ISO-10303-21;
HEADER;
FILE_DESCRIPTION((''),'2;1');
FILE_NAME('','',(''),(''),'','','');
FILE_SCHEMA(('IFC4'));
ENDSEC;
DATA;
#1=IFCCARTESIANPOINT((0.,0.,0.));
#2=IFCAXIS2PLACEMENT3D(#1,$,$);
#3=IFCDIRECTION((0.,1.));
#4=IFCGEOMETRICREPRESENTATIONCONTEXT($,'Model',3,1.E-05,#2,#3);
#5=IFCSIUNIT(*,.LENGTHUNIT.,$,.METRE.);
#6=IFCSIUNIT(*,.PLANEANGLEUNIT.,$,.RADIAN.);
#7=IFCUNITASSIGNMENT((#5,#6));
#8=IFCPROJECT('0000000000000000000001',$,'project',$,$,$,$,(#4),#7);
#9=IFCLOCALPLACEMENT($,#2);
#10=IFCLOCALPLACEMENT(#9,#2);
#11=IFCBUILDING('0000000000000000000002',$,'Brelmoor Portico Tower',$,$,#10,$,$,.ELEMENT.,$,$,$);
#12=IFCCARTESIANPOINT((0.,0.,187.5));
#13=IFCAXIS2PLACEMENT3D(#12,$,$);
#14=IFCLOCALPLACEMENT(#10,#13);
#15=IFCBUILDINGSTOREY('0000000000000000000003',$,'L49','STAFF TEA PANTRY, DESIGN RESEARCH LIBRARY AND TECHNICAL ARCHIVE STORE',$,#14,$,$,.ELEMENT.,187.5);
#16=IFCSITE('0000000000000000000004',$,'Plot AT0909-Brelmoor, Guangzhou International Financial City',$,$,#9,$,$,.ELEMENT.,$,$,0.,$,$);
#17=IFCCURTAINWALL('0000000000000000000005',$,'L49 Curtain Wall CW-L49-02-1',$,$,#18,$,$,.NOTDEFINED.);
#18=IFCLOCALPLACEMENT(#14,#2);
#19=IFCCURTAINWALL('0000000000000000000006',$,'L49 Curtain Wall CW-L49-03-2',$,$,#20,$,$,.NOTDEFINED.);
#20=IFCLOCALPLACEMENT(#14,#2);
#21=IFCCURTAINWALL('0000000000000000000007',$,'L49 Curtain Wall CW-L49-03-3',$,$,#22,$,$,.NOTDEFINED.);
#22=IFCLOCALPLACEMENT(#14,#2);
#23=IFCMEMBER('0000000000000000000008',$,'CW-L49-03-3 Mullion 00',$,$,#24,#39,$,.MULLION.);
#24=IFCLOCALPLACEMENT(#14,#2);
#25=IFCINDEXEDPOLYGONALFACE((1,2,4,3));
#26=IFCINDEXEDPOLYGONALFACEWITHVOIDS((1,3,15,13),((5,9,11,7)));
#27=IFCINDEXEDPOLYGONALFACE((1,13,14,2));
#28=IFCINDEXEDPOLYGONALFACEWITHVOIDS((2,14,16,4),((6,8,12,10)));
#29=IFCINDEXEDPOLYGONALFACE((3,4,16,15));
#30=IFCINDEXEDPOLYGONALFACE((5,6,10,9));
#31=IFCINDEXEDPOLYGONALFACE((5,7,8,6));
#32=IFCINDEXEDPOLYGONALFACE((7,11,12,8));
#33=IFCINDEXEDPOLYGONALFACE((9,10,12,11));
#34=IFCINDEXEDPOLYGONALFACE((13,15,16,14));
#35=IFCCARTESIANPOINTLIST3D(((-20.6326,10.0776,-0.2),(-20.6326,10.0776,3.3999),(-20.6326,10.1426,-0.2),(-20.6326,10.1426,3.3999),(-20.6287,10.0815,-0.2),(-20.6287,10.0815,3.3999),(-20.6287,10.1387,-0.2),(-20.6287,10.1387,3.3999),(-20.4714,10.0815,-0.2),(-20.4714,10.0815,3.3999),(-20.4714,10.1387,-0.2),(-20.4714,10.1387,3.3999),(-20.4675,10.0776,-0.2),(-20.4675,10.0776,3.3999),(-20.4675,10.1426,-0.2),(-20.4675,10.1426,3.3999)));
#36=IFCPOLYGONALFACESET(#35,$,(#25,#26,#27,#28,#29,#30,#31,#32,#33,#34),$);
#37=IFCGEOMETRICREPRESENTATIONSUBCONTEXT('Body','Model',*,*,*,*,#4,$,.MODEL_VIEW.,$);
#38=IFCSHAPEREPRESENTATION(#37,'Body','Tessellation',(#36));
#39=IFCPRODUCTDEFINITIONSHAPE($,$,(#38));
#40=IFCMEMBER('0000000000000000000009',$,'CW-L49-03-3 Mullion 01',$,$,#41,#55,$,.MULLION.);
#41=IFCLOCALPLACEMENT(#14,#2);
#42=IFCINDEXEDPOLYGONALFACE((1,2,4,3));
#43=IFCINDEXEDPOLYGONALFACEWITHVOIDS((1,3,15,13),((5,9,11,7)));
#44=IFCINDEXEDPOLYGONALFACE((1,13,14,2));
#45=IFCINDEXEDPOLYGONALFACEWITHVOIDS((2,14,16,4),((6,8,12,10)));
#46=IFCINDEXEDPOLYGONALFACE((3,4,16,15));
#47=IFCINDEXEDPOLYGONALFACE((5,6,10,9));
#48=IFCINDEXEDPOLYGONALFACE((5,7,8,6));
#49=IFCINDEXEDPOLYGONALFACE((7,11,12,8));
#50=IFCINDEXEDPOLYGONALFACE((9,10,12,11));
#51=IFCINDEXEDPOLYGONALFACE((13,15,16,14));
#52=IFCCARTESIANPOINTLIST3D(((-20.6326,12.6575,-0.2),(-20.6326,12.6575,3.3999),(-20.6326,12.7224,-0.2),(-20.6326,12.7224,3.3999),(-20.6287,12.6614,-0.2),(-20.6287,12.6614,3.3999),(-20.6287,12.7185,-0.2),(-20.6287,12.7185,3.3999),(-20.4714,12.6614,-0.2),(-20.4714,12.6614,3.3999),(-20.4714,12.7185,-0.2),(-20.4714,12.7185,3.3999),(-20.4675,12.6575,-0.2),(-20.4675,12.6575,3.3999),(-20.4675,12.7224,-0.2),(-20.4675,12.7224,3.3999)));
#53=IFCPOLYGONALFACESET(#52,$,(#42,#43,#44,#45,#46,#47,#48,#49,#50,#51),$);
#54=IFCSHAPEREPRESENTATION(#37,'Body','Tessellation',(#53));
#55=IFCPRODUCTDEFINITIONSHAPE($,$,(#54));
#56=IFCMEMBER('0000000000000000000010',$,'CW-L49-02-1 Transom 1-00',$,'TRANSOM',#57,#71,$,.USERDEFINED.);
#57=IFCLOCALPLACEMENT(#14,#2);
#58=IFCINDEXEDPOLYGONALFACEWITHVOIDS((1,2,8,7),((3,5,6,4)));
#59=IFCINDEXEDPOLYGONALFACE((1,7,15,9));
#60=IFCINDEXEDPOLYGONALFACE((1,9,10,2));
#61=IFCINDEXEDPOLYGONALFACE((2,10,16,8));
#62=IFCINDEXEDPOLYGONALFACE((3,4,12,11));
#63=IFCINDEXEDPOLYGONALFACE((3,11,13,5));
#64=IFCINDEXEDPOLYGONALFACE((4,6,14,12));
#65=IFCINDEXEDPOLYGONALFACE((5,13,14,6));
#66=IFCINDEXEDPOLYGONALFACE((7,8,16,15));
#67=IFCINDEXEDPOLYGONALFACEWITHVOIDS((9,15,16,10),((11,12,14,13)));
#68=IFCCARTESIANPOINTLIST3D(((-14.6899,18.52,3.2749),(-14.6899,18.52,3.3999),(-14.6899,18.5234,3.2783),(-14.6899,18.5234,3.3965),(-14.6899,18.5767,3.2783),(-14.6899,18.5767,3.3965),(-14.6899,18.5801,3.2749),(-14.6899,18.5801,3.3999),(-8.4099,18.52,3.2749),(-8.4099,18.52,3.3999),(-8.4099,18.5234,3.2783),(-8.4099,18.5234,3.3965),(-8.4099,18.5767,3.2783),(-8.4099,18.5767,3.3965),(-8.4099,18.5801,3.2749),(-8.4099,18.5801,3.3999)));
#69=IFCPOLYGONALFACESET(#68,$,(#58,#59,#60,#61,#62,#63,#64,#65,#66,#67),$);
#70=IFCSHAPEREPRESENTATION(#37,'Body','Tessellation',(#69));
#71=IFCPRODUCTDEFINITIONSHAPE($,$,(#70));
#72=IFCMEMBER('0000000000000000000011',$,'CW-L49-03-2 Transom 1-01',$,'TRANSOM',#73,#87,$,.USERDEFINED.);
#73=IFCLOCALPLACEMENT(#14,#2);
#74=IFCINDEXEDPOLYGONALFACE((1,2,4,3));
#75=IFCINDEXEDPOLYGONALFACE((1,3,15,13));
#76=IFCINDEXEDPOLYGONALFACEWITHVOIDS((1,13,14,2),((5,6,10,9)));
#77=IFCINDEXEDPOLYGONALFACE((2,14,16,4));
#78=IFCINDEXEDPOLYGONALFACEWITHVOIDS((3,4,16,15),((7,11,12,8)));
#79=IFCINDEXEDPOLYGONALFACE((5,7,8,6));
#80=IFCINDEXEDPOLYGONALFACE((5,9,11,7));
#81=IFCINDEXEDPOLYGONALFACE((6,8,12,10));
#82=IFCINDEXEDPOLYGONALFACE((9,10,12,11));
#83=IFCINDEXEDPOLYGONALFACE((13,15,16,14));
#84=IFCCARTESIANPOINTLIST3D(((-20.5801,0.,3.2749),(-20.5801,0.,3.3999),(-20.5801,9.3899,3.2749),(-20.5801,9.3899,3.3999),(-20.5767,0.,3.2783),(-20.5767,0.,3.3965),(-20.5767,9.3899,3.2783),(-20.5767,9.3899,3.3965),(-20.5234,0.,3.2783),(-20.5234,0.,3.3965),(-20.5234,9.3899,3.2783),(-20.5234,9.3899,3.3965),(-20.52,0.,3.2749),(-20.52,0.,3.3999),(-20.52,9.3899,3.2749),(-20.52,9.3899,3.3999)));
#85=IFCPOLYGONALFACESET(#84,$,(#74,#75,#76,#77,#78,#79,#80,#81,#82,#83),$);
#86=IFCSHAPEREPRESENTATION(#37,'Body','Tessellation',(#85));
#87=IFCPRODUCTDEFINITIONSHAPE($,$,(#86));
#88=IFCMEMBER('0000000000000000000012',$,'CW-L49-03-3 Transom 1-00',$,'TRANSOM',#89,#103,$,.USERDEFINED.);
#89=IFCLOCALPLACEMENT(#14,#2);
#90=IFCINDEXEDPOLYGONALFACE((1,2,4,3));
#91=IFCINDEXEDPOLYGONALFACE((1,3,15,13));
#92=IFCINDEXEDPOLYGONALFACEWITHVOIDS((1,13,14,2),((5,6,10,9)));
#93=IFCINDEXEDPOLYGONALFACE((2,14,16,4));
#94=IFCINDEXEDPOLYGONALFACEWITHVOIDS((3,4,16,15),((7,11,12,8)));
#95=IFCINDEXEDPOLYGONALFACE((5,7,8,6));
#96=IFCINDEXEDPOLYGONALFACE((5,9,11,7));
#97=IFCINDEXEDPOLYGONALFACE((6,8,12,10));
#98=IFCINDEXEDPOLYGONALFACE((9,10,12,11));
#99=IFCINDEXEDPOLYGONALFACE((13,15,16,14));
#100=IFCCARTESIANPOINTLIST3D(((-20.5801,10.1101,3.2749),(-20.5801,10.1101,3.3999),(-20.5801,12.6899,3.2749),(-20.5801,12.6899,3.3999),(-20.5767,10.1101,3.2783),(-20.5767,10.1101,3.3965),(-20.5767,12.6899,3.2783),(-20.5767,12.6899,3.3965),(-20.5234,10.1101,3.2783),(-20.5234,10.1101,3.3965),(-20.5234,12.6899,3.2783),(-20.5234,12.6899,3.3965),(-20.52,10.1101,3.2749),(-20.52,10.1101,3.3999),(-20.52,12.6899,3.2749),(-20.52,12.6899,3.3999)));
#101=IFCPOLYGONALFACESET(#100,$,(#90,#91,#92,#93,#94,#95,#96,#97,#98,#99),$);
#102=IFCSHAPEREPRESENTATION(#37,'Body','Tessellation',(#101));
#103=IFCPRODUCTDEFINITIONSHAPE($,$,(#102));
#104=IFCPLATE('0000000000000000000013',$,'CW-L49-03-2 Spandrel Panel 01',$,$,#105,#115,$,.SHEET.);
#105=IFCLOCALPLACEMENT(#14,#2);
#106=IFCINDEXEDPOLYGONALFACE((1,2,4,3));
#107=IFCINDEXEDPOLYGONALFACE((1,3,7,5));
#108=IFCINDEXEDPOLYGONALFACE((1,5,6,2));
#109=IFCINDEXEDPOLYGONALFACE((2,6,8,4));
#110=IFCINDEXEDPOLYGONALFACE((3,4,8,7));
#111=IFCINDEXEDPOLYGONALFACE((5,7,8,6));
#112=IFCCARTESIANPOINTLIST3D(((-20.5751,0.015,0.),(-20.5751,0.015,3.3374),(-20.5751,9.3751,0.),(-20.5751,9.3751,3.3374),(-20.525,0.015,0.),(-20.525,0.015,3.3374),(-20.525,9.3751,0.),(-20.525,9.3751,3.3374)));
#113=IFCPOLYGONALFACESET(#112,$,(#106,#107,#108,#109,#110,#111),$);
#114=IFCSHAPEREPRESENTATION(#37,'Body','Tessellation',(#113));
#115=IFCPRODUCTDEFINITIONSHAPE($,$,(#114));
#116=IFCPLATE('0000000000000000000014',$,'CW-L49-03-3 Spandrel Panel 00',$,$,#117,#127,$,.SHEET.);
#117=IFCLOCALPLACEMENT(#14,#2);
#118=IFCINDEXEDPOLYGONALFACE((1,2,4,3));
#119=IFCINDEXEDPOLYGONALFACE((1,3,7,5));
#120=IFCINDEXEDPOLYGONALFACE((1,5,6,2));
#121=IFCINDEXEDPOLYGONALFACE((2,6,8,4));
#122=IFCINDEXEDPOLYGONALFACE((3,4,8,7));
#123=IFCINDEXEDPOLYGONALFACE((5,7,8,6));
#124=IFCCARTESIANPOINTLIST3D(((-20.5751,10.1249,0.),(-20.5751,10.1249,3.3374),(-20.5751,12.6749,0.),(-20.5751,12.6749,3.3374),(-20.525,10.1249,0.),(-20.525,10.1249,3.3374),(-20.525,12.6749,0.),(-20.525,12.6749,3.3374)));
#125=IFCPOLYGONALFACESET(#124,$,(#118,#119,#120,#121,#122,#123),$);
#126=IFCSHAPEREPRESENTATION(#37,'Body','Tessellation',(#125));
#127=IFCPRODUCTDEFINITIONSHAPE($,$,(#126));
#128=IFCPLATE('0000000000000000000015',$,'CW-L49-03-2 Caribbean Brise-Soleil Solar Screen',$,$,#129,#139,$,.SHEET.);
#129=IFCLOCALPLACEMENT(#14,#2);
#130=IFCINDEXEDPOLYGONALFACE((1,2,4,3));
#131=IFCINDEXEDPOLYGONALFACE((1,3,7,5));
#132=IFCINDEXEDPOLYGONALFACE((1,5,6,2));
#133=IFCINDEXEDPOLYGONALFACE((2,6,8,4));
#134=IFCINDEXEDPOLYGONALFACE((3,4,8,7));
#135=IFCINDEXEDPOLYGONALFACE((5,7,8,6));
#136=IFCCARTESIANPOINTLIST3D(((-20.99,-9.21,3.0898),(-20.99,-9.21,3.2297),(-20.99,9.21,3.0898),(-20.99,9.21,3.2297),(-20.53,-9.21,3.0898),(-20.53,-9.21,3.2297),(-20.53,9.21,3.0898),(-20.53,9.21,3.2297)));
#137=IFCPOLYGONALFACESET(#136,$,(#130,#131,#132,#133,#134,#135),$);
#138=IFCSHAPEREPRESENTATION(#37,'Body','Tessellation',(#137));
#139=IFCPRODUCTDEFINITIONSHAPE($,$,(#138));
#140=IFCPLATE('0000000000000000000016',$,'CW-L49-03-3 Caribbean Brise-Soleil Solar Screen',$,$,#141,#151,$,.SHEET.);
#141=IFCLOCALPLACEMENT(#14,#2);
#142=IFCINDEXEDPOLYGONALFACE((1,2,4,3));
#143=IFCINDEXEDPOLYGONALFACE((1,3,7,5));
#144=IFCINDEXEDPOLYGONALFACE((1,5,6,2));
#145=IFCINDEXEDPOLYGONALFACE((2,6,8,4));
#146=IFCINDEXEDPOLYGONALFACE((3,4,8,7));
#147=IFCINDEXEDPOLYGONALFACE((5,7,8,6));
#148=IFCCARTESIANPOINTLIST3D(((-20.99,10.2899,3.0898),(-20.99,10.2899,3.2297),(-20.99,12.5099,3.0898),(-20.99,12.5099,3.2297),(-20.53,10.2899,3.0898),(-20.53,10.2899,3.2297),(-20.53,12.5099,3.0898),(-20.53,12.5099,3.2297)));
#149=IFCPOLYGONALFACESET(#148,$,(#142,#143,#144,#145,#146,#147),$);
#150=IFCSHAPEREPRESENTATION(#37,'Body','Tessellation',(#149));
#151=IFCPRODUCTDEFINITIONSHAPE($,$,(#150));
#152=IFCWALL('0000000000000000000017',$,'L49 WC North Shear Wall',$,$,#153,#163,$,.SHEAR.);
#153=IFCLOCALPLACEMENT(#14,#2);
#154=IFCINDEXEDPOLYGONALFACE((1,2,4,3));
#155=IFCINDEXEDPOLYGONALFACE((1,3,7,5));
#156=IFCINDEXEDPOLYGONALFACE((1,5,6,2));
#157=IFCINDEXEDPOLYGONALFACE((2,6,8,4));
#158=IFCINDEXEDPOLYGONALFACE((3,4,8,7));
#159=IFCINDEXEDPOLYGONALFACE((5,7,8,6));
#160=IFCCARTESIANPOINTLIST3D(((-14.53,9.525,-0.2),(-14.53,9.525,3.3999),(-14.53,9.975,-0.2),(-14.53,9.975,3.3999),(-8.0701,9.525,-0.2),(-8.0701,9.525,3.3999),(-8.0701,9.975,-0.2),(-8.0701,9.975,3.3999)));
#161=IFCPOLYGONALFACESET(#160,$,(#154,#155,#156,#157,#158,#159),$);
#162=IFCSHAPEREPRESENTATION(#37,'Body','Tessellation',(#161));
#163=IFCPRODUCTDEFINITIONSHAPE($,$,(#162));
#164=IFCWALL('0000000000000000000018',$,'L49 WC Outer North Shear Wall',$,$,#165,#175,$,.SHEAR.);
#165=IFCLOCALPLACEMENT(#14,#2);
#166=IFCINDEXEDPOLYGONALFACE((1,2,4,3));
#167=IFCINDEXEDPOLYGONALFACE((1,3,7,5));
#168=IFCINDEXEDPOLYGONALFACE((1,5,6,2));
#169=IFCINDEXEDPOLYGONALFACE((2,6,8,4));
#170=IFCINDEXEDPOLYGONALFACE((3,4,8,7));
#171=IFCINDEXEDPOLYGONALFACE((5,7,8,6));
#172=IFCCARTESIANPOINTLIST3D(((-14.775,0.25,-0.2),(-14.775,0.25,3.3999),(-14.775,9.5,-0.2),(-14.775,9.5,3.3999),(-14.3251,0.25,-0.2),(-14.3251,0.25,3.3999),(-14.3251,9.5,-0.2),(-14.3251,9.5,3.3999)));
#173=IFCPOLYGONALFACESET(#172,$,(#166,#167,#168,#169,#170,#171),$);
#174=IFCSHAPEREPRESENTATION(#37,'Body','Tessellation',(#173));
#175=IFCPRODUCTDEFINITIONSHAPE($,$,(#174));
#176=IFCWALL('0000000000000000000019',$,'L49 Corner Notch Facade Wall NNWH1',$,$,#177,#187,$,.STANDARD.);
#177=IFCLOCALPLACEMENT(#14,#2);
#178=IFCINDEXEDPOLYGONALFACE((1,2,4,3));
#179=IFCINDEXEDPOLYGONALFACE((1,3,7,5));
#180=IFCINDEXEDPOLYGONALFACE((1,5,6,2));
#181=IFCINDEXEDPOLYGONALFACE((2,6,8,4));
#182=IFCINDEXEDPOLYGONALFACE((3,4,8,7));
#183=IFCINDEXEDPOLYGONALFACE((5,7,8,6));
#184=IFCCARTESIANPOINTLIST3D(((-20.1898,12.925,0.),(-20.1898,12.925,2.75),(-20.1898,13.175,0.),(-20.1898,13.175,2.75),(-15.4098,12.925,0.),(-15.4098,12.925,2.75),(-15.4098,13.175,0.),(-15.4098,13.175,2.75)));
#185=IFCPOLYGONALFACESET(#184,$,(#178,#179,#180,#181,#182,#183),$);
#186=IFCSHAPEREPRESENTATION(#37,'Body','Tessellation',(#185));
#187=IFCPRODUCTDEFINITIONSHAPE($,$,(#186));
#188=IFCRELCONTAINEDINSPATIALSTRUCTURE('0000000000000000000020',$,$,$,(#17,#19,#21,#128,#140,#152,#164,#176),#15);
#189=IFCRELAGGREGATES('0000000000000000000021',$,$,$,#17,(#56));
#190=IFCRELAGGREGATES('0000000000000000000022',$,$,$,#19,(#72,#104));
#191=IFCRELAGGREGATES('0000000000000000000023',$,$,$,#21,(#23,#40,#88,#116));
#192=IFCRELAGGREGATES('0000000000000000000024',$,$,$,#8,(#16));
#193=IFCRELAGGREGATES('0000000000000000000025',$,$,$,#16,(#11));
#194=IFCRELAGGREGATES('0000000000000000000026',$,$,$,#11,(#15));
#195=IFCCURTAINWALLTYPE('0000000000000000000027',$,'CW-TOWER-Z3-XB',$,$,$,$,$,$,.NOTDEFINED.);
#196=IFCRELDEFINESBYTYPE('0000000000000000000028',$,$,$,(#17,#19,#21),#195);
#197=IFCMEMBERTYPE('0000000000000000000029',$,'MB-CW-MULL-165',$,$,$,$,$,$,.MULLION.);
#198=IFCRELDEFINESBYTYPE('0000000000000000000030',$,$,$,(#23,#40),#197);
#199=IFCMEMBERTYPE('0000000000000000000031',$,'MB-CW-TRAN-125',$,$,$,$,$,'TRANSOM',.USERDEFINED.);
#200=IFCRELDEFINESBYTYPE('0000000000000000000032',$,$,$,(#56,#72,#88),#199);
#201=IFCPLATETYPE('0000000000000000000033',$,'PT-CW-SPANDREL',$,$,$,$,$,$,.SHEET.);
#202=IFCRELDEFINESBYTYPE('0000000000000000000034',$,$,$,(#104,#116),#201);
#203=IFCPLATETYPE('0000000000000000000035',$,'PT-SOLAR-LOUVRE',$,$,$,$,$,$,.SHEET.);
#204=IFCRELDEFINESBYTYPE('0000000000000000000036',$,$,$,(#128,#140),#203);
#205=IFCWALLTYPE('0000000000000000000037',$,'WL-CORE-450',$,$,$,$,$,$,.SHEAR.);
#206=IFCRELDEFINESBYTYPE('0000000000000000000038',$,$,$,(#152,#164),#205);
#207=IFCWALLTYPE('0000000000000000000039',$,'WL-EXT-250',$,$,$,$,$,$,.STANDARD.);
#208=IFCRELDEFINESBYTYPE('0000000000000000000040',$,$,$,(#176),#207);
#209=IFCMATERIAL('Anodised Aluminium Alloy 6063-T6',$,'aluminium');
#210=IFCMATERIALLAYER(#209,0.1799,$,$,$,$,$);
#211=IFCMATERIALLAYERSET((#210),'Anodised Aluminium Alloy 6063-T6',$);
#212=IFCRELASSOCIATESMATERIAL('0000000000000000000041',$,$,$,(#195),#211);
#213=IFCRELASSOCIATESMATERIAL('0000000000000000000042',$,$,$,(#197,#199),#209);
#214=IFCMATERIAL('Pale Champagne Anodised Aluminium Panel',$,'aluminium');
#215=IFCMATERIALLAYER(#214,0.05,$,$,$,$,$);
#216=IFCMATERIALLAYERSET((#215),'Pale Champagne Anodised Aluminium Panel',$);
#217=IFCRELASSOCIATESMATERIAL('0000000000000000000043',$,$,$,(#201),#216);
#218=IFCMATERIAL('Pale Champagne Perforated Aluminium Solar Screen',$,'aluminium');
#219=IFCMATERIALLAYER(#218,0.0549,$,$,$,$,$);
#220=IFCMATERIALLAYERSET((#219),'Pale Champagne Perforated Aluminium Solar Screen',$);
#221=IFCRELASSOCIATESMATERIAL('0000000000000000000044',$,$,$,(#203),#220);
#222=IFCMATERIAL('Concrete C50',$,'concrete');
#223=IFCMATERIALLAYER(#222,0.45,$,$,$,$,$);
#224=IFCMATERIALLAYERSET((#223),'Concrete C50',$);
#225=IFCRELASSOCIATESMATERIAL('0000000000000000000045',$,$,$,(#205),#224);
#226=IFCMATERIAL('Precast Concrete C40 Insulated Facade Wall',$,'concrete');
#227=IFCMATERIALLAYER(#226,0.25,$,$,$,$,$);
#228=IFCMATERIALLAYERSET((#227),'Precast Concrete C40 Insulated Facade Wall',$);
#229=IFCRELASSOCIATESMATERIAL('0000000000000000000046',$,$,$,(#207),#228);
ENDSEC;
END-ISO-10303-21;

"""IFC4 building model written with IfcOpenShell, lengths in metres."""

from ifc_helpers import new_model, si_unit, direction, frame, frame_2d, origin, origin_2d, place, context, subcontext, project, spatial, rectangle, hollow_rectangle, extrude, material, layer, layer_set, material_profile, profile_set, type_object, element, aggregate, save


model = new_model("IFC4")

# Units and contexts
model_context = context("Model", 3, precision=1e-05, world=origin(), true_north=direction((0.0, 1.0)))
body_context = subcontext(model_context, "Body", "Model", "MODEL_VIEW")
ifc_project = project(units=[si_unit("LENGTHUNIT", "METRE"), si_unit("PLANEANGLEUNIT", "RADIAN")], contexts=[model_context])

# Site, building, storey
site_placement = place(None, origin())
site = spatial("IfcSite", under=ifc_project, at=site_placement, Name="Plot AT0909-Brelmoor, Guangzhou International Financial City", CompositionType="ELEMENT", RefElevation=0.0)
building_placement = place(site_placement, origin())
building = spatial("IfcBuilding", under=site, at=building_placement, Name="Brelmoor Portico Tower", CompositionType="ELEMENT")
storey_placement = place(building_placement, frame((0.0, 0.0, 187.5)))
storey = spatial("IfcBuildingStorey", under=building, at=storey_placement, Name="L49", Description="STAFF TEA PANTRY, DESIGN RESEARCH LIBRARY AND TECHNICAL ARCHIVE STORE", CompositionType="ELEMENT", Elevation=187.5)

# Curtain wall
ifc_material_1 = material(Name="Anodised Aluminium Alloy 6063-T6", Category="aluminium")
ifc_layer_1 = layer(ifc_material_1, 0.1799)
ifc_layer_set_1 = layer_set([ifc_layer_1], Name="Anodised Aluminium Alloy 6063-T6")
curtain_wall_type = type_object("IfcCurtainWallType", Name="CW-TOWER-Z3-XB", PredefinedType="NOTDEFINED", material=ifc_layer_set_1)
curtain_wall_1_placement = place(storey_placement, origin())
curtain_wall_1 = element("IfcCurtainWall", 1, at=curtain_wall_1_placement, inside=storey, type_object=curtain_wall_type, Name="L49 Curtain Wall CW-L49-02-1", PredefinedType="NOTDEFINED")
ifc_material_profile_1 = material_profile(ifc_material_1, hollow_rectangle(XDim=0.0649, YDim=0.165, WallThickness=0.0039, at=origin_2d()), Name="ALU MULLION 65x165")
ifc_profile_set_1 = profile_set([ifc_material_profile_1], Name="Anodised Aluminium Alloy 6063-T6")
member_type_1 = type_object("IfcMemberType", Name="MB-CW-MULL-165", PredefinedType="MULLION", material=ifc_profile_set_1)

# Curtain walls, members
curtain_wall_2_placement = place(storey_placement, origin())
curtain_wall_2 = element("IfcCurtainWall", 2, at=curtain_wall_2_placement, inside=storey, type_object=curtain_wall_type, Name="L49 Curtain Wall CW-L49-03-2", PredefinedType="NOTDEFINED")
curtain_wall_3_placement = place(storey_placement, origin())
curtain_wall_3 = element("IfcCurtainWall", 3, at=curtain_wall_3_placement, inside=storey, type_object=curtain_wall_type, Name="L49 Curtain Wall CW-L49-03-3", PredefinedType="NOTDEFINED")
member_1_placement = place(storey_placement, frame((-20.55, 10.1101, -0.2), z_axis=(0.0, 0.0, 1.0), x_axis=(0.0, 1.0, 0.0)))
member_1 = element("IfcMember", 4, at=member_1_placement, type_object=member_type_1, Name="CW-L49-03-3 Mullion 00", PredefinedType="MULLION", context=body_context, shape_type="SweptSolid", body=[
    extrude(hollow_rectangle(XDim=0.0649, YDim=0.165, WallThickness=0.0039, at=origin_2d()), origin(), (0.0, 0.0, 1.0), 3.5999),
])
member_2_placement = place(storey_placement, frame((-20.55, 12.6899, -0.2), z_axis=(0.0, 0.0, 1.0), x_axis=(0.0, 1.0, 0.0)))
member_2 = element("IfcMember", 5, at=member_2_placement, type_object=member_type_1, Name="CW-L49-03-3 Mullion 01", PredefinedType="MULLION", context=body_context, shape_type="SweptSolid", body=[
    extrude(hollow_rectangle(XDim=0.0649, YDim=0.165, WallThickness=0.0039, at=origin_2d()), origin(), (0.0, 0.0, 1.0), 3.5999),
])

# Members
ifc_material_profile_2 = material_profile(ifc_material_1, hollow_rectangle(XDim=0.0601, YDim=0.125, WallThickness=0.0034, at=origin_2d()), Name="ALU TRANSOM 60x125")
ifc_profile_set_2 = profile_set([ifc_material_profile_2], Name="Anodised Aluminium Alloy 6063-T6")
member_type_2 = type_object("IfcMemberType", Name="MB-CW-TRAN-125", ElementType="TRANSOM", PredefinedType="USERDEFINED", material=ifc_profile_set_2)
member_3_placement = place(storey_placement, frame((-14.6899, 18.55, 3.3374), z_axis=(1.0, 0.0, 0.0), x_axis=(0.0, 1.0, 0.0)))
member_3 = element("IfcMember", 6, at=member_3_placement, type_object=member_type_2, Name="CW-L49-02-1 Transom 1-00", ObjectType="TRANSOM", PredefinedType="USERDEFINED", context=body_context, shape_type="SweptSolid", body=[
    extrude(hollow_rectangle(XDim=0.0601, YDim=0.125, WallThickness=0.0034, at=origin_2d()), origin(), (0.0, 0.0, 1.0), 6.28),
])
aggregate(curtain_wall_1, [member_3])
member_4_placement = place(storey_placement, frame((-20.55, 0.0, 3.3374), z_axis=(0.0, 1.0, 0.0), x_axis=(-1.0, 0.0, 0.0)))
member_4 = element("IfcMember", 7, at=member_4_placement, type_object=member_type_2, Name="CW-L49-03-2 Transom 1-01", ObjectType="TRANSOM", PredefinedType="USERDEFINED", context=body_context, shape_type="SweptSolid", body=[
    extrude(hollow_rectangle(XDim=0.0601, YDim=0.125, WallThickness=0.0034, at=origin_2d()), origin(), (0.0, 0.0, 1.0), 9.3899),
])
member_5_placement = place(storey_placement, frame((-20.55, 10.1101, 3.3374), z_axis=(0.0, 1.0, 0.0), x_axis=(-1.0, 0.0, 0.0)))
member_5 = element("IfcMember", 8, at=member_5_placement, type_object=member_type_2, Name="CW-L49-03-3 Transom 1-00", ObjectType="TRANSOM", PredefinedType="USERDEFINED", context=body_context, shape_type="SweptSolid", body=[
    extrude(hollow_rectangle(XDim=0.0601, YDim=0.125, WallThickness=0.0034, at=origin_2d()), origin(), (0.0, 0.0, 1.0), 2.5798),
])

# Plates
ifc_material_2 = material(Name="Pale Champagne Anodised Aluminium Panel", Category="aluminium")
ifc_layer_2 = layer(ifc_material_2, 0.05)
ifc_layer_set_2 = layer_set([ifc_layer_2], Name="Pale Champagne Anodised Aluminium Panel")
plate_type_1 = type_object("IfcPlateType", Name="PT-CW-SPANDREL", PredefinedType="SHEET", material=ifc_layer_set_2)
plate_1_placement = place(storey_placement, frame((-20.55, 4.6951, 0.0), z_axis=(0.0, 0.0, 1.0), x_axis=(0.0, 1.0, 0.0)))
plate_1 = element("IfcPlate", 9, at=plate_1_placement, type_object=plate_type_1, Name="CW-L49-03-2 Spandrel Panel 01", PredefinedType="SHEET", context=body_context, shape_type="SweptSolid", body=[
    extrude(rectangle(XDim=9.3601, YDim=0.05, at=origin_2d()), origin(), (0.0, 0.0, 1.0), 3.3374),
])
aggregate(curtain_wall_2, [member_4, plate_1])
plate_2_placement = place(storey_placement, frame((-20.55, 11.3999, 0.0), z_axis=(0.0, 0.0, 1.0), x_axis=(0.0, 1.0, 0.0)))
plate_2 = element("IfcPlate", 10, at=plate_2_placement, type_object=plate_type_1, Name="CW-L49-03-3 Spandrel Panel 00", PredefinedType="SHEET", context=body_context, shape_type="SweptSolid", body=[
    extrude(rectangle(XDim=2.55, YDim=0.05, at=origin_2d()), origin(), (0.0, 0.0, 1.0), 3.3374),
])
aggregate(curtain_wall_3, [member_1, member_2, member_5, plate_2])

# Plates
ifc_material_3 = material(Name="Pale Champagne Perforated Aluminium Solar Screen", Category="aluminium")
ifc_layer_3 = layer(ifc_material_3, 0.0549)
ifc_layer_set_3 = layer_set([ifc_layer_3], Name="Pale Champagne Perforated Aluminium Solar Screen")
plate_type_2 = type_object("IfcPlateType", Name="PT-SOLAR-LOUVRE", PredefinedType="SHEET", material=ifc_layer_set_3)
plate_3_placement = place(storey_placement, frame((-20.76, 0.0, 3.0898), z_axis=(0.0, 0.0, 1.0), x_axis=(0.0, 1.0, 0.0)))
element("IfcPlate", 11, at=plate_3_placement, inside=storey, type_object=plate_type_2, Name="CW-L49-03-2 Caribbean Brise-Soleil Solar Screen", PredefinedType="SHEET", context=body_context, shape_type="SweptSolid", body=[
    extrude(rectangle(XDim=18.4199, YDim=0.46, at=origin_2d()), origin(), (0.0, 0.0, 1.0), 0.1399),
])
plate_4_placement = place(storey_placement, frame((-20.76, 11.3999, 3.0898), z_axis=(0.0, 0.0, 1.0), x_axis=(0.0, 1.0, 0.0)))
element("IfcPlate", 12, at=plate_4_placement, inside=storey, type_object=plate_type_2, Name="CW-L49-03-3 Caribbean Brise-Soleil Solar Screen", PredefinedType="SHEET", context=body_context, shape_type="SweptSolid", body=[
    extrude(rectangle(XDim=2.22, YDim=0.46, at=origin_2d()), origin(), (0.0, 0.0, 1.0), 0.1399),
])

# Walls
ifc_material_4 = material(Name="Concrete C50", Category="concrete")
ifc_layer_4 = layer(ifc_material_4, 0.45)
ifc_layer_set_4 = layer_set([ifc_layer_4], Name="Concrete C50")
wall_type_1 = type_object("IfcWallType", Name="WL-CORE-450", PredefinedType="SHEAR", material=ifc_layer_set_4)
wall_1_placement = place(storey_placement, frame((-14.53, 9.75, -0.2), z_axis=(0.0, 0.0, 1.0), x_axis=(1.0, 0.0, 0.0)))
element("IfcWall", 13, at=wall_1_placement, inside=storey, type_object=wall_type_1, Name="L49 WC North Shear Wall", PredefinedType="SHEAR", context=body_context, shape_type="SweptSolid", body=[
    extrude(rectangle(XDim=6.46, YDim=0.45, at=frame_2d((3.23, 0.0))), origin(), (0.0, 0.0, 1.0), 3.5999),
])
wall_2_placement = place(storey_placement, frame((-14.55, 0.25, -0.2), z_axis=(0.0, 0.0, 1.0), x_axis=(0.0, 1.0, 0.0)))
element("IfcWall", 14, at=wall_2_placement, inside=storey, type_object=wall_type_1, Name="L49 WC Outer North Shear Wall", PredefinedType="SHEAR", context=body_context, shape_type="SweptSolid", body=[
    extrude(rectangle(XDim=9.25, YDim=0.45, at=frame_2d((4.625, 0.0))), origin(), (0.0, 0.0, 1.0), 3.5999),
])
ifc_material_5 = material(Name="Precast Concrete C40 Insulated Facade Wall", Category="concrete")
ifc_layer_5 = layer(ifc_material_5, 0.25)
ifc_layer_set_5 = layer_set([ifc_layer_5], Name="Precast Concrete C40 Insulated Facade Wall")
wall_type_2 = type_object("IfcWallType", Name="WL-EXT-250", PredefinedType="STANDARD", material=ifc_layer_set_5)
for number, where, z_axis, x_axis, name in (
    (15, (-20.1899, 13.05, 0.0), (0.0, 0.0, 1.0), (1.0, 0.0, 0.0), "L49 Corner Notch Facade Wall NNWH1"),
):
    element("IfcWall", number, at=place(storey_placement, frame(where, z_axis=z_axis, x_axis=x_axis)), inside=storey, type_object=wall_type_2, Name=name, PredefinedType="STANDARD", context=body_context, shape_type="SweptSolid", body=[
        extrude(rectangle(XDim=4.78, YDim=0.25, at=frame_2d((2.3901, 0.0))), origin(), (0.0, 0.0, 1.0), 2.75),
    ])

save(model, "model.ifc")
